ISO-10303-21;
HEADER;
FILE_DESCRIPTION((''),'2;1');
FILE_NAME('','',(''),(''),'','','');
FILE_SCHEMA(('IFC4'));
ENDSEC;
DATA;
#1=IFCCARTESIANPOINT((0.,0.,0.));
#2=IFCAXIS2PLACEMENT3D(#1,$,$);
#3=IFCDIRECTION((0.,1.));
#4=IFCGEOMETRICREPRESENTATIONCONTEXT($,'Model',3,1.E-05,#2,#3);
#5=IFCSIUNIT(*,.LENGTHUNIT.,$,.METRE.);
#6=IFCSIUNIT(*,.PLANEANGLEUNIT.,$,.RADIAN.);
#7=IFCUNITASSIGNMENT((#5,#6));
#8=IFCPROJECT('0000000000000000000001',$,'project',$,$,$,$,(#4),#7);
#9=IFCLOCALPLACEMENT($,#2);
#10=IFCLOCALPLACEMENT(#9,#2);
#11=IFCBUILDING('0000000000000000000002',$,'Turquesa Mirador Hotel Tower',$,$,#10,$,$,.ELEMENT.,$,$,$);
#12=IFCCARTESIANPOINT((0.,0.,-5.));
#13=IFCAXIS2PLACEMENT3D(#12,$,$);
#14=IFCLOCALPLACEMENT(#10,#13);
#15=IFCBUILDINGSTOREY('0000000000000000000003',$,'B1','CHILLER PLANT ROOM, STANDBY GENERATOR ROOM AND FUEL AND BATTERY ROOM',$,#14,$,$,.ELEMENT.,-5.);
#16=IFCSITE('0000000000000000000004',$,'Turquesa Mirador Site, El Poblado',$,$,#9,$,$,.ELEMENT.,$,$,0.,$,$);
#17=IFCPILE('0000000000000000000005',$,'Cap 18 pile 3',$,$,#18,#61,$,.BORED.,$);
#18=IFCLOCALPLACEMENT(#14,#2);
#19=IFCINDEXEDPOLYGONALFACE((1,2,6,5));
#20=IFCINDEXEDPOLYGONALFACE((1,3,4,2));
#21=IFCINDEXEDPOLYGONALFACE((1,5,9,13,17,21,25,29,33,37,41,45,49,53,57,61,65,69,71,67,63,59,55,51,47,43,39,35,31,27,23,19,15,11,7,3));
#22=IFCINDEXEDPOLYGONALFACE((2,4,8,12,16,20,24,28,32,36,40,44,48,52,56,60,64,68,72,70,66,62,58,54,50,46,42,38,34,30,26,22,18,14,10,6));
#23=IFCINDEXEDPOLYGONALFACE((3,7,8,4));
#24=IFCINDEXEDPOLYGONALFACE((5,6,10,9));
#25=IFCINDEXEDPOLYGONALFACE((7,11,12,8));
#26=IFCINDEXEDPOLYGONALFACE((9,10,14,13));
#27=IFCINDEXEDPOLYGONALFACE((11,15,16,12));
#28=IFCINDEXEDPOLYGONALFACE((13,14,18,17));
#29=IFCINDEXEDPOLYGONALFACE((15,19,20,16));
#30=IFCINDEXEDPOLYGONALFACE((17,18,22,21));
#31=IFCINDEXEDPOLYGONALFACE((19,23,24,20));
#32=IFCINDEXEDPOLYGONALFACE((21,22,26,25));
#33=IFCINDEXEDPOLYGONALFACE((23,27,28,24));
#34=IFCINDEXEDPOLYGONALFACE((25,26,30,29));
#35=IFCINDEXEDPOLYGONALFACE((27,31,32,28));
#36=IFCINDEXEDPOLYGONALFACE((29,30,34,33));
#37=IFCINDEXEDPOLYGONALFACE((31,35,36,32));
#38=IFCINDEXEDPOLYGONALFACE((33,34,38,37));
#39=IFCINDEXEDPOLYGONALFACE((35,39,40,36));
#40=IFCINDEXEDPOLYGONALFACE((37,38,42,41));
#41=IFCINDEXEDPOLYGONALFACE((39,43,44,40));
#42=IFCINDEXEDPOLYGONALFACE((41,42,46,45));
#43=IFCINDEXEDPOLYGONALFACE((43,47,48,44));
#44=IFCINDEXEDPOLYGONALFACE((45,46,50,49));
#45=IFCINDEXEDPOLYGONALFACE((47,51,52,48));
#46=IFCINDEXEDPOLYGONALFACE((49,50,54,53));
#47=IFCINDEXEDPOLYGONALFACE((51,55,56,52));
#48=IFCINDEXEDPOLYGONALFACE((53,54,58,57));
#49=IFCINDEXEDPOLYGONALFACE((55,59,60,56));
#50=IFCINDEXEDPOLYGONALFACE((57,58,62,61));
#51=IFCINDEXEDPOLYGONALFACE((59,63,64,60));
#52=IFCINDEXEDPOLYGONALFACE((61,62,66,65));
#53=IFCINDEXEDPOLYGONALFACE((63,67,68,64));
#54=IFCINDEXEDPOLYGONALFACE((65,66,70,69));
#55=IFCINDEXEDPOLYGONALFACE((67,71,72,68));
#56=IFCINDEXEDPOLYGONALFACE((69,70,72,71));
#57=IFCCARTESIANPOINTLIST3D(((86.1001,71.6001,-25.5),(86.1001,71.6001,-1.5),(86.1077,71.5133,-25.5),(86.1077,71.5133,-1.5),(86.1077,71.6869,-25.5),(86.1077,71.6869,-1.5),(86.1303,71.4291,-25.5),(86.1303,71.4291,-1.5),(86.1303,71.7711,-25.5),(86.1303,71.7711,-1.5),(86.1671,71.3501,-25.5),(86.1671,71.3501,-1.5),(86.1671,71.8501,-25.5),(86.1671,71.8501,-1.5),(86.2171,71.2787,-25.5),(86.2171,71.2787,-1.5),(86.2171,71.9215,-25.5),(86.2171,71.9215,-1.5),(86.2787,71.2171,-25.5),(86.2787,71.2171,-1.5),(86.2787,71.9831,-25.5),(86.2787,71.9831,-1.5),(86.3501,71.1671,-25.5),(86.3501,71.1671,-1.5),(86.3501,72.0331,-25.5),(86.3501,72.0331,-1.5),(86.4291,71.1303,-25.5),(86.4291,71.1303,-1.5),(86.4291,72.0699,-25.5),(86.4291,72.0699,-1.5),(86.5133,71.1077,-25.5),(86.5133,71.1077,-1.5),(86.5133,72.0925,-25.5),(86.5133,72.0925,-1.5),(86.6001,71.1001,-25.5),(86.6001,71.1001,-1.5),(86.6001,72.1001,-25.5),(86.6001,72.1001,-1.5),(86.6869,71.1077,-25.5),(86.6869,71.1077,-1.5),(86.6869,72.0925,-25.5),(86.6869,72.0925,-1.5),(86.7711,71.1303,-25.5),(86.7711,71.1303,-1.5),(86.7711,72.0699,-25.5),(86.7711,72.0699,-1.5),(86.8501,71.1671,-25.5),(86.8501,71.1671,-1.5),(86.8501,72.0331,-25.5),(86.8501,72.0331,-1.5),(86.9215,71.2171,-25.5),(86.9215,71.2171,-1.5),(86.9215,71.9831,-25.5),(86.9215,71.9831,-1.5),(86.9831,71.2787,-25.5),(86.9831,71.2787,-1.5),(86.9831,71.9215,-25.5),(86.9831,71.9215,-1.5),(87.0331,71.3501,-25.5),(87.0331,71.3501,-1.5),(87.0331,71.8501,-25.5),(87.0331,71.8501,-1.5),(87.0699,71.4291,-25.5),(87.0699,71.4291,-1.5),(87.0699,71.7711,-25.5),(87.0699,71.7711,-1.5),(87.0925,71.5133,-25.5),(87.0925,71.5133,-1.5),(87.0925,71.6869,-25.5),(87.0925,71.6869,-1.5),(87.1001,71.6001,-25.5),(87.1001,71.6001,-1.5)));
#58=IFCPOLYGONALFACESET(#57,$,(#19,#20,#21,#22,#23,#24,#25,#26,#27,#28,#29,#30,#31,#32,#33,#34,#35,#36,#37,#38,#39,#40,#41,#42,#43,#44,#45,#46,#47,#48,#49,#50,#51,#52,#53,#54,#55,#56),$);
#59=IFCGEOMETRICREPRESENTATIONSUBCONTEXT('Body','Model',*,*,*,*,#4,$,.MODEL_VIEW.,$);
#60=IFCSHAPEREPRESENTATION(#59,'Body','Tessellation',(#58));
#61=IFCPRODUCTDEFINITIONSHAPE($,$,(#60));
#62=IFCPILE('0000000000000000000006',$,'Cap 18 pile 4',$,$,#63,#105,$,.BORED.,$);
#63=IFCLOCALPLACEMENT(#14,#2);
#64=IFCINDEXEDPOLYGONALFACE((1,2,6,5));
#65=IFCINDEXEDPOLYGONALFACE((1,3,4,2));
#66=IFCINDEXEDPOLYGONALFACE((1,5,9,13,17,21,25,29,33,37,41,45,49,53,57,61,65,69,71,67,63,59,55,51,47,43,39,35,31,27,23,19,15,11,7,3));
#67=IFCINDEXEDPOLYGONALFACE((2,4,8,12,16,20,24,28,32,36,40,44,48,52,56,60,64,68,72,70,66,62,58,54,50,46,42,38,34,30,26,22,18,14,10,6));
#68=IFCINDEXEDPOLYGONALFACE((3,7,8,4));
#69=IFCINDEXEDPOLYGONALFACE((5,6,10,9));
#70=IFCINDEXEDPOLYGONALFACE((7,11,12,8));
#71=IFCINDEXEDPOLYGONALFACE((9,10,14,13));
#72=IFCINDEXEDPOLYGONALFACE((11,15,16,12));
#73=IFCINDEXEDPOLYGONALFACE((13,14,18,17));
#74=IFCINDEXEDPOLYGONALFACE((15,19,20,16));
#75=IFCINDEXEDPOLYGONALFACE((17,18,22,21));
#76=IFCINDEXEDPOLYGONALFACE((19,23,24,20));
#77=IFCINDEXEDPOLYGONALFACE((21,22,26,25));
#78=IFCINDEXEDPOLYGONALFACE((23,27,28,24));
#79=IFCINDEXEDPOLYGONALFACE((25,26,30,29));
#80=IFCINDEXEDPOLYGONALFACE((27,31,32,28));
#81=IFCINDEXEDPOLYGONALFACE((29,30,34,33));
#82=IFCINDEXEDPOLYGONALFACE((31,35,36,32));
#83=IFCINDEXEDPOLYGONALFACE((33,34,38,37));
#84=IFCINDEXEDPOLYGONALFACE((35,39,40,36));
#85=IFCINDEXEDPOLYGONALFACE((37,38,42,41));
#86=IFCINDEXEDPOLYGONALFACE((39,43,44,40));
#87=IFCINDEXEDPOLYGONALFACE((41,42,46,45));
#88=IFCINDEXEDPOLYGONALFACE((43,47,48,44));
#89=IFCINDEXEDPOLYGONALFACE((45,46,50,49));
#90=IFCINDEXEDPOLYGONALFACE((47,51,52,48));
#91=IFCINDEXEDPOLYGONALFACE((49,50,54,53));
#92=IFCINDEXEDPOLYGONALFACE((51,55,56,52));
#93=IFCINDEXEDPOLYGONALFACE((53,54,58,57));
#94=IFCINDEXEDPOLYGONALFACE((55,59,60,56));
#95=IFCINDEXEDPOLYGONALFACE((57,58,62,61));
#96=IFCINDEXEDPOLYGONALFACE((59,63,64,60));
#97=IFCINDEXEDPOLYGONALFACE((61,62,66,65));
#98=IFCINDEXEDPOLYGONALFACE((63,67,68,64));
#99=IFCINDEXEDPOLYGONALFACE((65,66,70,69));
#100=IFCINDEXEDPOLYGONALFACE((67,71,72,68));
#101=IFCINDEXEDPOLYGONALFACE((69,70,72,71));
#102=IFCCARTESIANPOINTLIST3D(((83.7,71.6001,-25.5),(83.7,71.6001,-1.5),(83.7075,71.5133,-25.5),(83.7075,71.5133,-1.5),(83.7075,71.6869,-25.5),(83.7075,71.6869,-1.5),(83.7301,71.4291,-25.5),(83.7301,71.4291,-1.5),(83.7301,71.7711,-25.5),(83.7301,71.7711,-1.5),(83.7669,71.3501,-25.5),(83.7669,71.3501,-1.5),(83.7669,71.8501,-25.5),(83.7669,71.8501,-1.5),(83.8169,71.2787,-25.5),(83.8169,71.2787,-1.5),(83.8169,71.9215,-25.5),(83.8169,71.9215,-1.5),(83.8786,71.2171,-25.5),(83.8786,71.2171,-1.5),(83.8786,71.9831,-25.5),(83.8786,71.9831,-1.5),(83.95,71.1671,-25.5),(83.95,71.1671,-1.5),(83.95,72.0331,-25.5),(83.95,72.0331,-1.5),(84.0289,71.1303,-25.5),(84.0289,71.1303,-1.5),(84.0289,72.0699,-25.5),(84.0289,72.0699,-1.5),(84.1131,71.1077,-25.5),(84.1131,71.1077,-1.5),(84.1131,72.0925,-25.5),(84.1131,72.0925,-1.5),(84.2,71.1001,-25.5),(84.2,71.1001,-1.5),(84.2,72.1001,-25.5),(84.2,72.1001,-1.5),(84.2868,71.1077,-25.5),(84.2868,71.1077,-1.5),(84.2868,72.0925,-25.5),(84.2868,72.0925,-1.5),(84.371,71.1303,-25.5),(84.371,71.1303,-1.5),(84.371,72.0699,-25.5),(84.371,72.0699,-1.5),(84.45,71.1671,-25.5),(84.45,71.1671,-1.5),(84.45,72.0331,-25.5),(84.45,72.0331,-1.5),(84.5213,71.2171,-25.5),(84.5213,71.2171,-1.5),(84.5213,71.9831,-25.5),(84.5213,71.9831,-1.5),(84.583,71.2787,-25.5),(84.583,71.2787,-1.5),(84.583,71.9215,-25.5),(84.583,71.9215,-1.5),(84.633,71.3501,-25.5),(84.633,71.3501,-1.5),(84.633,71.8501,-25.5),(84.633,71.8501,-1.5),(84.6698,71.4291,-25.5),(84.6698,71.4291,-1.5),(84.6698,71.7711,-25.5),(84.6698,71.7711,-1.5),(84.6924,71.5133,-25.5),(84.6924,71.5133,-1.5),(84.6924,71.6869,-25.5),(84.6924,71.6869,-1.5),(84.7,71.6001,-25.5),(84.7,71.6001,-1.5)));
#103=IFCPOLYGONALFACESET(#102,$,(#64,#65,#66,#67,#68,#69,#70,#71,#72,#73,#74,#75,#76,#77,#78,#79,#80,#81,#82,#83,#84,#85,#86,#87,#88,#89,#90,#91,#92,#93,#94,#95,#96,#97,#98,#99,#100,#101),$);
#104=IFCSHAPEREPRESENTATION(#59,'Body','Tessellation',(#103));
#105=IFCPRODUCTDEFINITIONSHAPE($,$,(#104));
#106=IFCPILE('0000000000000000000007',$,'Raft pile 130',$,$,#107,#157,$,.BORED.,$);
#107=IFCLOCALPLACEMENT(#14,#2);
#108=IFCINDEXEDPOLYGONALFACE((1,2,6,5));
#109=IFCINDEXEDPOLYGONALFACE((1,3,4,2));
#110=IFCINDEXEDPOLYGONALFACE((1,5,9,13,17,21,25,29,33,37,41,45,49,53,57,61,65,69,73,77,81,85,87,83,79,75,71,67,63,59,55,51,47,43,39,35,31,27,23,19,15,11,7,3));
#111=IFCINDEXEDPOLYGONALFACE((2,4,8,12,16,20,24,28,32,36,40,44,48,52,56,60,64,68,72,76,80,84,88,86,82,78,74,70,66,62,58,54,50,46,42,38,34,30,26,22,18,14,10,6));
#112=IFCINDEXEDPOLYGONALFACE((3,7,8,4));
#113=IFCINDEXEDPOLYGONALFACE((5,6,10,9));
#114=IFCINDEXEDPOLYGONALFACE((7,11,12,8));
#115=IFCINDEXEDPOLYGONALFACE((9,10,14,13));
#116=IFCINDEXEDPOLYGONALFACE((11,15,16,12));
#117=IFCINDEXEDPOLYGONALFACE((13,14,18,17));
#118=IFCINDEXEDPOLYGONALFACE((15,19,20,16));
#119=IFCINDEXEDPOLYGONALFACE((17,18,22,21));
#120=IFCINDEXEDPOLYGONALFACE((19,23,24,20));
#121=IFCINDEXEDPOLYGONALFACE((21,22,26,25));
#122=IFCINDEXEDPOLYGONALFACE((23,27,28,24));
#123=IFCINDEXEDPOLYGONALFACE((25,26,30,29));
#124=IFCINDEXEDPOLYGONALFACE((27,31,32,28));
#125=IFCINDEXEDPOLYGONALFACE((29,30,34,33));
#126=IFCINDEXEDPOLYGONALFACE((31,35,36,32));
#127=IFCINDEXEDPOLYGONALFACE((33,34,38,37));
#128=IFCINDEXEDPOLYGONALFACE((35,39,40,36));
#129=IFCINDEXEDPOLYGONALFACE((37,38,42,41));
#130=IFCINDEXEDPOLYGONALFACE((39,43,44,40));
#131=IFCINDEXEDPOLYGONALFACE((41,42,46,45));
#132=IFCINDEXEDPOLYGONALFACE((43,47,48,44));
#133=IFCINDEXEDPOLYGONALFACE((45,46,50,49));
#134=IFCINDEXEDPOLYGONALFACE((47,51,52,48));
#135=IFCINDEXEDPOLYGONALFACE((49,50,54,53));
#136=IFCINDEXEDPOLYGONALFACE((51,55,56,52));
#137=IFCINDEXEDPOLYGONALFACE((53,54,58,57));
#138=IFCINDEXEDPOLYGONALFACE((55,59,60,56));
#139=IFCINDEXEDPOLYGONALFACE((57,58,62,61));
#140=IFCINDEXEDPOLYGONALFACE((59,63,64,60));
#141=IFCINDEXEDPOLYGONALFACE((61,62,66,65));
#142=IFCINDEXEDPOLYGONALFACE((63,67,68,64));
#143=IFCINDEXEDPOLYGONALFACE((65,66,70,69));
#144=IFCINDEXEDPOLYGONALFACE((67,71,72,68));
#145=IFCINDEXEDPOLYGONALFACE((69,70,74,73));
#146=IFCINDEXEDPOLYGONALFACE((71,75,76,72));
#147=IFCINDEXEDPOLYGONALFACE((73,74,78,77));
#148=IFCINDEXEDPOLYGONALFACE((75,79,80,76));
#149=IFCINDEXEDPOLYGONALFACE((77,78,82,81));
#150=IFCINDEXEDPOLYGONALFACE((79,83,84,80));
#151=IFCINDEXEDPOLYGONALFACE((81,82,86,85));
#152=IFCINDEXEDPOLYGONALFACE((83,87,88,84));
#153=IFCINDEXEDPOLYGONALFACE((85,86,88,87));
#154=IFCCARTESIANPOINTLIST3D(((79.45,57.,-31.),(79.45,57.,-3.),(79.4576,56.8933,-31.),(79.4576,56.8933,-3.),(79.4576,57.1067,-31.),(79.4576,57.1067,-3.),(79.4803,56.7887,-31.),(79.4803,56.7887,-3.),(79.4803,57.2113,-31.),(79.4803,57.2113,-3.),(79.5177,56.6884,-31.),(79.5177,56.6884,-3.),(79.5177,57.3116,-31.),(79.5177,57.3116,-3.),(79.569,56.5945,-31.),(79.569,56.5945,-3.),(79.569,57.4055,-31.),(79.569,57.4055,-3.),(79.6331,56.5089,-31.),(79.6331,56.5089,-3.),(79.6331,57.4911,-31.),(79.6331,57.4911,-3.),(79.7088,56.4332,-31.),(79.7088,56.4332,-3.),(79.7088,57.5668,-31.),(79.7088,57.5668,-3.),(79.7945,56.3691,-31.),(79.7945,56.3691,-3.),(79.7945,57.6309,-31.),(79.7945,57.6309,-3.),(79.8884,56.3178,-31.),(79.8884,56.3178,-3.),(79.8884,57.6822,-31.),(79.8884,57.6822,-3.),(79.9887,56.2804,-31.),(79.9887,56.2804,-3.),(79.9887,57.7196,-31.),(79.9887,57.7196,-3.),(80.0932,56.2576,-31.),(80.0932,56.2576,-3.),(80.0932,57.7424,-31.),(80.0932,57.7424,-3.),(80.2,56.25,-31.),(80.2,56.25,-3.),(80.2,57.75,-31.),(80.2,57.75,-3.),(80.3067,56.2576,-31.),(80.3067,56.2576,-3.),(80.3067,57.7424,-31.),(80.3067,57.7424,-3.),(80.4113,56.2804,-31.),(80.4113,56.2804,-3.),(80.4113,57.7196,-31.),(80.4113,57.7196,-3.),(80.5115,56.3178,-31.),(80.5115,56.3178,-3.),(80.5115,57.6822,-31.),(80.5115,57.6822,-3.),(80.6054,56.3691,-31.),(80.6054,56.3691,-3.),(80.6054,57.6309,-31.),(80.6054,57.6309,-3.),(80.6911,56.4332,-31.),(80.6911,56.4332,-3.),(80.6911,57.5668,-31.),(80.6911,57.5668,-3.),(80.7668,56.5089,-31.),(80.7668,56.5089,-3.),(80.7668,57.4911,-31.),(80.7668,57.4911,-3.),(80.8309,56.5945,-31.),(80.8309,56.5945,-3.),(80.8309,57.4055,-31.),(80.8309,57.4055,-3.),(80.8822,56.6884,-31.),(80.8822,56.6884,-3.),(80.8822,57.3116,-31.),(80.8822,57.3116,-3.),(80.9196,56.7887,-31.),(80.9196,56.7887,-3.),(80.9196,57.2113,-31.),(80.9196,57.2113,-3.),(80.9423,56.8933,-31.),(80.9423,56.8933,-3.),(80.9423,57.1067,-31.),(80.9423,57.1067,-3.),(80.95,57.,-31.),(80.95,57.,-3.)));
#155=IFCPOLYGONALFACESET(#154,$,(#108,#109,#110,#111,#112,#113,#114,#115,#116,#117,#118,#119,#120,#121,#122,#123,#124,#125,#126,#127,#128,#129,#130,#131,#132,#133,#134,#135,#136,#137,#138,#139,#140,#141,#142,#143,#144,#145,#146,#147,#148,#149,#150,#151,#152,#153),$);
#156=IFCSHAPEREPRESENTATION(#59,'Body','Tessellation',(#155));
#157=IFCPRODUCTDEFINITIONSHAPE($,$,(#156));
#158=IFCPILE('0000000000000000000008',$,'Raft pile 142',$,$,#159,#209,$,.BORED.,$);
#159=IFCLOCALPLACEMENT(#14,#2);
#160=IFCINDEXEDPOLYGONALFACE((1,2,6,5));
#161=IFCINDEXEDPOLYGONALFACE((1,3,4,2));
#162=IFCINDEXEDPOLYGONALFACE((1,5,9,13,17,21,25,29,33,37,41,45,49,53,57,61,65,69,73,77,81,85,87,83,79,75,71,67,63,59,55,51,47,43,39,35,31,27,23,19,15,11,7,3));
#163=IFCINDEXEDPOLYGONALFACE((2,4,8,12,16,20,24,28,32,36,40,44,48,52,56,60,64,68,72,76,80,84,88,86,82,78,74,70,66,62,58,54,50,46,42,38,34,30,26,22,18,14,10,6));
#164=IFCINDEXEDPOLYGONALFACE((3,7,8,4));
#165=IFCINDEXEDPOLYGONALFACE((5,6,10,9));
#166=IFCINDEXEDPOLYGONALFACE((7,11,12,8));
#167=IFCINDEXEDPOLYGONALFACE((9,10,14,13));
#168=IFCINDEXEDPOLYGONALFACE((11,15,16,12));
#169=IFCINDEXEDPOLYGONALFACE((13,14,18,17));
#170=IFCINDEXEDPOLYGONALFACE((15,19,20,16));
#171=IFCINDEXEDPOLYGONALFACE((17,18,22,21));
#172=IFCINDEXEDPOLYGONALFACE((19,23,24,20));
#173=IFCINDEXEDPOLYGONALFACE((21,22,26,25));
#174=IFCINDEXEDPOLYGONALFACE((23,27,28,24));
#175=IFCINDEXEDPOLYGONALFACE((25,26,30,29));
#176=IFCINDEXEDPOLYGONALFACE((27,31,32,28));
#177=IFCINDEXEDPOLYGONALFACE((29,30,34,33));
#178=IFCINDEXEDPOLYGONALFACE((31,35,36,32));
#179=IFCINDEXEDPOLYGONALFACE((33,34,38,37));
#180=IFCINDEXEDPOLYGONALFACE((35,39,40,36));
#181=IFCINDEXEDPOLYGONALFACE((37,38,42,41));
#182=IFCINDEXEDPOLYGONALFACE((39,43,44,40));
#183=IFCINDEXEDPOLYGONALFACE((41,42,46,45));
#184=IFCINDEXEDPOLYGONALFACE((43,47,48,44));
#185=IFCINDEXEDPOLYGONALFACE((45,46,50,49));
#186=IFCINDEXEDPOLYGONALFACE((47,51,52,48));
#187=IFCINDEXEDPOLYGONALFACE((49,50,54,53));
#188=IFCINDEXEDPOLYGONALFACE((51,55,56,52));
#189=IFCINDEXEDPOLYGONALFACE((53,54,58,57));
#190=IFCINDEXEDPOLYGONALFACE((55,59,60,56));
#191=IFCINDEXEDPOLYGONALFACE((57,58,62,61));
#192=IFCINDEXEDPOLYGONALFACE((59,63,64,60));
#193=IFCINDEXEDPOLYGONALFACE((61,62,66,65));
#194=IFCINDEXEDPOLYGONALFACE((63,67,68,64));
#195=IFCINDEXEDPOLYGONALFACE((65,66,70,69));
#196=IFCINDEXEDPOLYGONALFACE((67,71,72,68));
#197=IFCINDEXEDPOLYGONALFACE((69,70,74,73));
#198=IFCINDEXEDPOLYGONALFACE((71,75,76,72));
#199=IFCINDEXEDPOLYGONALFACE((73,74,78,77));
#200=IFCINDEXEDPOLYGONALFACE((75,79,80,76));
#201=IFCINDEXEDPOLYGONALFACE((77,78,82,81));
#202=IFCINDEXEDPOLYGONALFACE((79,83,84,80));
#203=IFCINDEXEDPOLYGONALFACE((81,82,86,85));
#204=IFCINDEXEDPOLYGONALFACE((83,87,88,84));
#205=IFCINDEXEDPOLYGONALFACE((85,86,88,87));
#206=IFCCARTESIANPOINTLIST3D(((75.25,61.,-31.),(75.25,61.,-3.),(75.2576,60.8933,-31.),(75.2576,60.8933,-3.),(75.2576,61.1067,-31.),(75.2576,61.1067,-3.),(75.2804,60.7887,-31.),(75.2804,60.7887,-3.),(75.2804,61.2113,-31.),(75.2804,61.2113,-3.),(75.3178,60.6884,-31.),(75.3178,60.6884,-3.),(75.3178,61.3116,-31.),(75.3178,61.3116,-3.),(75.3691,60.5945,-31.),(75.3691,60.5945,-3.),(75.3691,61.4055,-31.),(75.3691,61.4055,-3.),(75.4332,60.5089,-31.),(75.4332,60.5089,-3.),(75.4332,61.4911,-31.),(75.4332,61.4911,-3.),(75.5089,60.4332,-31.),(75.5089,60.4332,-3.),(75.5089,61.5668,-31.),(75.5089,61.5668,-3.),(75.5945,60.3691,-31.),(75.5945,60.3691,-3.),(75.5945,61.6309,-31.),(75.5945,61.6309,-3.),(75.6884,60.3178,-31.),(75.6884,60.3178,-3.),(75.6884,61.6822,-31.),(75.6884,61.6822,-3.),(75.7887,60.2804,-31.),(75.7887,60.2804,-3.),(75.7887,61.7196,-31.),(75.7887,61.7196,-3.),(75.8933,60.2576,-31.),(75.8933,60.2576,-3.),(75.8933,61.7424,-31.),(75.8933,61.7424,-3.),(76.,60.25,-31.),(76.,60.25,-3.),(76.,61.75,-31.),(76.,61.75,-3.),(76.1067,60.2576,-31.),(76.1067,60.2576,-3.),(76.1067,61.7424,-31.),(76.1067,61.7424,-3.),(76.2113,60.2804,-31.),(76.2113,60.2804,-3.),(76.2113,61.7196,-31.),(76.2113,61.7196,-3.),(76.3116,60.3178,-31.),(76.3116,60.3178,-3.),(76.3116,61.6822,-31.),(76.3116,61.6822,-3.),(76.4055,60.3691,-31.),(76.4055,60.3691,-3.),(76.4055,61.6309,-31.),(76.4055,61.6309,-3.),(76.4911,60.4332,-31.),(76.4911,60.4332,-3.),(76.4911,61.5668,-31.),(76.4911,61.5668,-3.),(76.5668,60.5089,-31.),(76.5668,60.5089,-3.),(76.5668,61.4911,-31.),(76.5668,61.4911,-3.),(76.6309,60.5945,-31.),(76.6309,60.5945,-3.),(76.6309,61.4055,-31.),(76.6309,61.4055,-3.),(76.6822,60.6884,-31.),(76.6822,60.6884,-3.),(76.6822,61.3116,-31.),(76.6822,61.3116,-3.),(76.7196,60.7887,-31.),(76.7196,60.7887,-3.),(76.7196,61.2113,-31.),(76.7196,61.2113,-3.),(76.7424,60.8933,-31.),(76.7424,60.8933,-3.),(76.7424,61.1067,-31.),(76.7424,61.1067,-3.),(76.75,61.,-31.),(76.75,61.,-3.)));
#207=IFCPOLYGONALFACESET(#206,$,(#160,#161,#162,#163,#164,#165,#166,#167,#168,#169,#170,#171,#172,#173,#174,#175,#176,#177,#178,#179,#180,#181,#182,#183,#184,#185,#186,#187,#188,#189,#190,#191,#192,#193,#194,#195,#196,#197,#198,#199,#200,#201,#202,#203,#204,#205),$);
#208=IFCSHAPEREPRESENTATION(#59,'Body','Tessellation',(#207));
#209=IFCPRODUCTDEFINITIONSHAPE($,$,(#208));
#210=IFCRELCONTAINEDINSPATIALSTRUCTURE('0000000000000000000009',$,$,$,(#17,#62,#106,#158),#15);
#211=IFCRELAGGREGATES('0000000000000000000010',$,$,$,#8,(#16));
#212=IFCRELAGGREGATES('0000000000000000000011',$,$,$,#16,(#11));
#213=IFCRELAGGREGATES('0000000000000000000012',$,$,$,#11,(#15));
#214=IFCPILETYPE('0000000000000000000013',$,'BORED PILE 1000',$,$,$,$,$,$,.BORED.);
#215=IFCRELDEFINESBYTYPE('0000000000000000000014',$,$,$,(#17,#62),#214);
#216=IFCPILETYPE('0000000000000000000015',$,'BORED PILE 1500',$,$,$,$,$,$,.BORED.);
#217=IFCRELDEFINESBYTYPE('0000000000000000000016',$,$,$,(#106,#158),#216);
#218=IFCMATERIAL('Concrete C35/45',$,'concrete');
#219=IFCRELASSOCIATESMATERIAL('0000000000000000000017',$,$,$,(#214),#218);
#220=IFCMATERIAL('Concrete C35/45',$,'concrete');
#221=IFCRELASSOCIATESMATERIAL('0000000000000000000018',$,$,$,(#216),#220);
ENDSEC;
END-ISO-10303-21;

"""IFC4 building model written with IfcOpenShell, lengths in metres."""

from ifc_helpers import new_model, si_unit, direction, frame, origin, origin_2d, place, context, subcontext, project, spatial, circle, extrude, material, type_object, element, save


model = new_model("IFC4")

# Units and contexts
model_context = context("Model", 3, precision=1e-05, world=origin(), true_north=direction((0.0, 1.0)))
body_context = subcontext(model_context, "Body", "Model", "MODEL_VIEW")
ifc_project = project(units=[si_unit("LENGTHUNIT", "METRE"), si_unit("PLANEANGLEUNIT", "RADIAN")], contexts=[model_context])

# Site, building, storey
site_placement = place(None, origin())
site = spatial("IfcSite", under=ifc_project, at=site_placement, Name="Turquesa Mirador Site, El Poblado", CompositionType="ELEMENT", RefElevation=0.0)
building_placement = place(site_placement, origin())
building = spatial("IfcBuilding", under=site, at=building_placement, Name="Turquesa Mirador Hotel Tower", CompositionType="ELEMENT")
storey_placement = place(building_placement, frame((0.0, 0.0, -5.0)))
storey = spatial("IfcBuildingStorey", under=building, at=storey_placement, Name="B1", Description="CHILLER PLANT ROOM, STANDBY GENERATOR ROOM AND FUEL AND BATTERY ROOM", CompositionType="ELEMENT", Elevation=-5.0)

# Piles
ifc_material_1 = material(Name="Concrete C35/45", Category="concrete")
pile_type_1 = type_object("IfcPileType", Name="BORED PILE 1000", PredefinedType="BORED", material=ifc_material_1)
for number, where, z_axis, x_axis, name in (
    (1, (86.6001, 71.6001, -1.5), (0.0, 0.0, -1.0), (1.0, 0.0, 0.0), "Cap 18 pile 3"),
    (2, (84.2, 71.6001, -1.5), (0.0, 0.0, -1.0), (1.0, 0.0, 0.0), "Cap 18 pile 4"),
):
    element("IfcPile", number, at=place(storey_placement, frame(where, z_axis=z_axis, x_axis=x_axis)), inside=storey, type_object=pile_type_1, Name=name, PredefinedType="BORED", context=body_context, shape_type="SweptSolid", body=[
        extrude(circle(Radius=0.5, at=origin_2d()), origin(), (0.0, 0.0, 1.0), 24.0),
    ])
ifc_material_2 = material(Name="Concrete C35/45", Category="concrete")
pile_type_2 = type_object("IfcPileType", Name="BORED PILE 1500", PredefinedType="BORED", material=ifc_material_2)
for number, where, z_axis, x_axis, name in (
    (3, (80.2, 57.0, -3.0), (0.0, 0.0, -1.0), (1.0, 0.0, 0.0), "Raft pile 130"),
    (4, (76.0, 61.0, -3.0), (0.0, 0.0, -1.0), (1.0, 0.0, 0.0), "Raft pile 142"),
):
    element("IfcPile", number, at=place(storey_placement, frame(where, z_axis=z_axis, x_axis=x_axis)), inside=storey, type_object=pile_type_2, Name=name, PredefinedType="BORED", context=body_context, shape_type="SweptSolid", body=[
        extrude(circle(Radius=0.75, at=origin_2d()), origin(), (0.0, 0.0, 1.0), 28.0),
    ])

save(model, "model.ifc")
